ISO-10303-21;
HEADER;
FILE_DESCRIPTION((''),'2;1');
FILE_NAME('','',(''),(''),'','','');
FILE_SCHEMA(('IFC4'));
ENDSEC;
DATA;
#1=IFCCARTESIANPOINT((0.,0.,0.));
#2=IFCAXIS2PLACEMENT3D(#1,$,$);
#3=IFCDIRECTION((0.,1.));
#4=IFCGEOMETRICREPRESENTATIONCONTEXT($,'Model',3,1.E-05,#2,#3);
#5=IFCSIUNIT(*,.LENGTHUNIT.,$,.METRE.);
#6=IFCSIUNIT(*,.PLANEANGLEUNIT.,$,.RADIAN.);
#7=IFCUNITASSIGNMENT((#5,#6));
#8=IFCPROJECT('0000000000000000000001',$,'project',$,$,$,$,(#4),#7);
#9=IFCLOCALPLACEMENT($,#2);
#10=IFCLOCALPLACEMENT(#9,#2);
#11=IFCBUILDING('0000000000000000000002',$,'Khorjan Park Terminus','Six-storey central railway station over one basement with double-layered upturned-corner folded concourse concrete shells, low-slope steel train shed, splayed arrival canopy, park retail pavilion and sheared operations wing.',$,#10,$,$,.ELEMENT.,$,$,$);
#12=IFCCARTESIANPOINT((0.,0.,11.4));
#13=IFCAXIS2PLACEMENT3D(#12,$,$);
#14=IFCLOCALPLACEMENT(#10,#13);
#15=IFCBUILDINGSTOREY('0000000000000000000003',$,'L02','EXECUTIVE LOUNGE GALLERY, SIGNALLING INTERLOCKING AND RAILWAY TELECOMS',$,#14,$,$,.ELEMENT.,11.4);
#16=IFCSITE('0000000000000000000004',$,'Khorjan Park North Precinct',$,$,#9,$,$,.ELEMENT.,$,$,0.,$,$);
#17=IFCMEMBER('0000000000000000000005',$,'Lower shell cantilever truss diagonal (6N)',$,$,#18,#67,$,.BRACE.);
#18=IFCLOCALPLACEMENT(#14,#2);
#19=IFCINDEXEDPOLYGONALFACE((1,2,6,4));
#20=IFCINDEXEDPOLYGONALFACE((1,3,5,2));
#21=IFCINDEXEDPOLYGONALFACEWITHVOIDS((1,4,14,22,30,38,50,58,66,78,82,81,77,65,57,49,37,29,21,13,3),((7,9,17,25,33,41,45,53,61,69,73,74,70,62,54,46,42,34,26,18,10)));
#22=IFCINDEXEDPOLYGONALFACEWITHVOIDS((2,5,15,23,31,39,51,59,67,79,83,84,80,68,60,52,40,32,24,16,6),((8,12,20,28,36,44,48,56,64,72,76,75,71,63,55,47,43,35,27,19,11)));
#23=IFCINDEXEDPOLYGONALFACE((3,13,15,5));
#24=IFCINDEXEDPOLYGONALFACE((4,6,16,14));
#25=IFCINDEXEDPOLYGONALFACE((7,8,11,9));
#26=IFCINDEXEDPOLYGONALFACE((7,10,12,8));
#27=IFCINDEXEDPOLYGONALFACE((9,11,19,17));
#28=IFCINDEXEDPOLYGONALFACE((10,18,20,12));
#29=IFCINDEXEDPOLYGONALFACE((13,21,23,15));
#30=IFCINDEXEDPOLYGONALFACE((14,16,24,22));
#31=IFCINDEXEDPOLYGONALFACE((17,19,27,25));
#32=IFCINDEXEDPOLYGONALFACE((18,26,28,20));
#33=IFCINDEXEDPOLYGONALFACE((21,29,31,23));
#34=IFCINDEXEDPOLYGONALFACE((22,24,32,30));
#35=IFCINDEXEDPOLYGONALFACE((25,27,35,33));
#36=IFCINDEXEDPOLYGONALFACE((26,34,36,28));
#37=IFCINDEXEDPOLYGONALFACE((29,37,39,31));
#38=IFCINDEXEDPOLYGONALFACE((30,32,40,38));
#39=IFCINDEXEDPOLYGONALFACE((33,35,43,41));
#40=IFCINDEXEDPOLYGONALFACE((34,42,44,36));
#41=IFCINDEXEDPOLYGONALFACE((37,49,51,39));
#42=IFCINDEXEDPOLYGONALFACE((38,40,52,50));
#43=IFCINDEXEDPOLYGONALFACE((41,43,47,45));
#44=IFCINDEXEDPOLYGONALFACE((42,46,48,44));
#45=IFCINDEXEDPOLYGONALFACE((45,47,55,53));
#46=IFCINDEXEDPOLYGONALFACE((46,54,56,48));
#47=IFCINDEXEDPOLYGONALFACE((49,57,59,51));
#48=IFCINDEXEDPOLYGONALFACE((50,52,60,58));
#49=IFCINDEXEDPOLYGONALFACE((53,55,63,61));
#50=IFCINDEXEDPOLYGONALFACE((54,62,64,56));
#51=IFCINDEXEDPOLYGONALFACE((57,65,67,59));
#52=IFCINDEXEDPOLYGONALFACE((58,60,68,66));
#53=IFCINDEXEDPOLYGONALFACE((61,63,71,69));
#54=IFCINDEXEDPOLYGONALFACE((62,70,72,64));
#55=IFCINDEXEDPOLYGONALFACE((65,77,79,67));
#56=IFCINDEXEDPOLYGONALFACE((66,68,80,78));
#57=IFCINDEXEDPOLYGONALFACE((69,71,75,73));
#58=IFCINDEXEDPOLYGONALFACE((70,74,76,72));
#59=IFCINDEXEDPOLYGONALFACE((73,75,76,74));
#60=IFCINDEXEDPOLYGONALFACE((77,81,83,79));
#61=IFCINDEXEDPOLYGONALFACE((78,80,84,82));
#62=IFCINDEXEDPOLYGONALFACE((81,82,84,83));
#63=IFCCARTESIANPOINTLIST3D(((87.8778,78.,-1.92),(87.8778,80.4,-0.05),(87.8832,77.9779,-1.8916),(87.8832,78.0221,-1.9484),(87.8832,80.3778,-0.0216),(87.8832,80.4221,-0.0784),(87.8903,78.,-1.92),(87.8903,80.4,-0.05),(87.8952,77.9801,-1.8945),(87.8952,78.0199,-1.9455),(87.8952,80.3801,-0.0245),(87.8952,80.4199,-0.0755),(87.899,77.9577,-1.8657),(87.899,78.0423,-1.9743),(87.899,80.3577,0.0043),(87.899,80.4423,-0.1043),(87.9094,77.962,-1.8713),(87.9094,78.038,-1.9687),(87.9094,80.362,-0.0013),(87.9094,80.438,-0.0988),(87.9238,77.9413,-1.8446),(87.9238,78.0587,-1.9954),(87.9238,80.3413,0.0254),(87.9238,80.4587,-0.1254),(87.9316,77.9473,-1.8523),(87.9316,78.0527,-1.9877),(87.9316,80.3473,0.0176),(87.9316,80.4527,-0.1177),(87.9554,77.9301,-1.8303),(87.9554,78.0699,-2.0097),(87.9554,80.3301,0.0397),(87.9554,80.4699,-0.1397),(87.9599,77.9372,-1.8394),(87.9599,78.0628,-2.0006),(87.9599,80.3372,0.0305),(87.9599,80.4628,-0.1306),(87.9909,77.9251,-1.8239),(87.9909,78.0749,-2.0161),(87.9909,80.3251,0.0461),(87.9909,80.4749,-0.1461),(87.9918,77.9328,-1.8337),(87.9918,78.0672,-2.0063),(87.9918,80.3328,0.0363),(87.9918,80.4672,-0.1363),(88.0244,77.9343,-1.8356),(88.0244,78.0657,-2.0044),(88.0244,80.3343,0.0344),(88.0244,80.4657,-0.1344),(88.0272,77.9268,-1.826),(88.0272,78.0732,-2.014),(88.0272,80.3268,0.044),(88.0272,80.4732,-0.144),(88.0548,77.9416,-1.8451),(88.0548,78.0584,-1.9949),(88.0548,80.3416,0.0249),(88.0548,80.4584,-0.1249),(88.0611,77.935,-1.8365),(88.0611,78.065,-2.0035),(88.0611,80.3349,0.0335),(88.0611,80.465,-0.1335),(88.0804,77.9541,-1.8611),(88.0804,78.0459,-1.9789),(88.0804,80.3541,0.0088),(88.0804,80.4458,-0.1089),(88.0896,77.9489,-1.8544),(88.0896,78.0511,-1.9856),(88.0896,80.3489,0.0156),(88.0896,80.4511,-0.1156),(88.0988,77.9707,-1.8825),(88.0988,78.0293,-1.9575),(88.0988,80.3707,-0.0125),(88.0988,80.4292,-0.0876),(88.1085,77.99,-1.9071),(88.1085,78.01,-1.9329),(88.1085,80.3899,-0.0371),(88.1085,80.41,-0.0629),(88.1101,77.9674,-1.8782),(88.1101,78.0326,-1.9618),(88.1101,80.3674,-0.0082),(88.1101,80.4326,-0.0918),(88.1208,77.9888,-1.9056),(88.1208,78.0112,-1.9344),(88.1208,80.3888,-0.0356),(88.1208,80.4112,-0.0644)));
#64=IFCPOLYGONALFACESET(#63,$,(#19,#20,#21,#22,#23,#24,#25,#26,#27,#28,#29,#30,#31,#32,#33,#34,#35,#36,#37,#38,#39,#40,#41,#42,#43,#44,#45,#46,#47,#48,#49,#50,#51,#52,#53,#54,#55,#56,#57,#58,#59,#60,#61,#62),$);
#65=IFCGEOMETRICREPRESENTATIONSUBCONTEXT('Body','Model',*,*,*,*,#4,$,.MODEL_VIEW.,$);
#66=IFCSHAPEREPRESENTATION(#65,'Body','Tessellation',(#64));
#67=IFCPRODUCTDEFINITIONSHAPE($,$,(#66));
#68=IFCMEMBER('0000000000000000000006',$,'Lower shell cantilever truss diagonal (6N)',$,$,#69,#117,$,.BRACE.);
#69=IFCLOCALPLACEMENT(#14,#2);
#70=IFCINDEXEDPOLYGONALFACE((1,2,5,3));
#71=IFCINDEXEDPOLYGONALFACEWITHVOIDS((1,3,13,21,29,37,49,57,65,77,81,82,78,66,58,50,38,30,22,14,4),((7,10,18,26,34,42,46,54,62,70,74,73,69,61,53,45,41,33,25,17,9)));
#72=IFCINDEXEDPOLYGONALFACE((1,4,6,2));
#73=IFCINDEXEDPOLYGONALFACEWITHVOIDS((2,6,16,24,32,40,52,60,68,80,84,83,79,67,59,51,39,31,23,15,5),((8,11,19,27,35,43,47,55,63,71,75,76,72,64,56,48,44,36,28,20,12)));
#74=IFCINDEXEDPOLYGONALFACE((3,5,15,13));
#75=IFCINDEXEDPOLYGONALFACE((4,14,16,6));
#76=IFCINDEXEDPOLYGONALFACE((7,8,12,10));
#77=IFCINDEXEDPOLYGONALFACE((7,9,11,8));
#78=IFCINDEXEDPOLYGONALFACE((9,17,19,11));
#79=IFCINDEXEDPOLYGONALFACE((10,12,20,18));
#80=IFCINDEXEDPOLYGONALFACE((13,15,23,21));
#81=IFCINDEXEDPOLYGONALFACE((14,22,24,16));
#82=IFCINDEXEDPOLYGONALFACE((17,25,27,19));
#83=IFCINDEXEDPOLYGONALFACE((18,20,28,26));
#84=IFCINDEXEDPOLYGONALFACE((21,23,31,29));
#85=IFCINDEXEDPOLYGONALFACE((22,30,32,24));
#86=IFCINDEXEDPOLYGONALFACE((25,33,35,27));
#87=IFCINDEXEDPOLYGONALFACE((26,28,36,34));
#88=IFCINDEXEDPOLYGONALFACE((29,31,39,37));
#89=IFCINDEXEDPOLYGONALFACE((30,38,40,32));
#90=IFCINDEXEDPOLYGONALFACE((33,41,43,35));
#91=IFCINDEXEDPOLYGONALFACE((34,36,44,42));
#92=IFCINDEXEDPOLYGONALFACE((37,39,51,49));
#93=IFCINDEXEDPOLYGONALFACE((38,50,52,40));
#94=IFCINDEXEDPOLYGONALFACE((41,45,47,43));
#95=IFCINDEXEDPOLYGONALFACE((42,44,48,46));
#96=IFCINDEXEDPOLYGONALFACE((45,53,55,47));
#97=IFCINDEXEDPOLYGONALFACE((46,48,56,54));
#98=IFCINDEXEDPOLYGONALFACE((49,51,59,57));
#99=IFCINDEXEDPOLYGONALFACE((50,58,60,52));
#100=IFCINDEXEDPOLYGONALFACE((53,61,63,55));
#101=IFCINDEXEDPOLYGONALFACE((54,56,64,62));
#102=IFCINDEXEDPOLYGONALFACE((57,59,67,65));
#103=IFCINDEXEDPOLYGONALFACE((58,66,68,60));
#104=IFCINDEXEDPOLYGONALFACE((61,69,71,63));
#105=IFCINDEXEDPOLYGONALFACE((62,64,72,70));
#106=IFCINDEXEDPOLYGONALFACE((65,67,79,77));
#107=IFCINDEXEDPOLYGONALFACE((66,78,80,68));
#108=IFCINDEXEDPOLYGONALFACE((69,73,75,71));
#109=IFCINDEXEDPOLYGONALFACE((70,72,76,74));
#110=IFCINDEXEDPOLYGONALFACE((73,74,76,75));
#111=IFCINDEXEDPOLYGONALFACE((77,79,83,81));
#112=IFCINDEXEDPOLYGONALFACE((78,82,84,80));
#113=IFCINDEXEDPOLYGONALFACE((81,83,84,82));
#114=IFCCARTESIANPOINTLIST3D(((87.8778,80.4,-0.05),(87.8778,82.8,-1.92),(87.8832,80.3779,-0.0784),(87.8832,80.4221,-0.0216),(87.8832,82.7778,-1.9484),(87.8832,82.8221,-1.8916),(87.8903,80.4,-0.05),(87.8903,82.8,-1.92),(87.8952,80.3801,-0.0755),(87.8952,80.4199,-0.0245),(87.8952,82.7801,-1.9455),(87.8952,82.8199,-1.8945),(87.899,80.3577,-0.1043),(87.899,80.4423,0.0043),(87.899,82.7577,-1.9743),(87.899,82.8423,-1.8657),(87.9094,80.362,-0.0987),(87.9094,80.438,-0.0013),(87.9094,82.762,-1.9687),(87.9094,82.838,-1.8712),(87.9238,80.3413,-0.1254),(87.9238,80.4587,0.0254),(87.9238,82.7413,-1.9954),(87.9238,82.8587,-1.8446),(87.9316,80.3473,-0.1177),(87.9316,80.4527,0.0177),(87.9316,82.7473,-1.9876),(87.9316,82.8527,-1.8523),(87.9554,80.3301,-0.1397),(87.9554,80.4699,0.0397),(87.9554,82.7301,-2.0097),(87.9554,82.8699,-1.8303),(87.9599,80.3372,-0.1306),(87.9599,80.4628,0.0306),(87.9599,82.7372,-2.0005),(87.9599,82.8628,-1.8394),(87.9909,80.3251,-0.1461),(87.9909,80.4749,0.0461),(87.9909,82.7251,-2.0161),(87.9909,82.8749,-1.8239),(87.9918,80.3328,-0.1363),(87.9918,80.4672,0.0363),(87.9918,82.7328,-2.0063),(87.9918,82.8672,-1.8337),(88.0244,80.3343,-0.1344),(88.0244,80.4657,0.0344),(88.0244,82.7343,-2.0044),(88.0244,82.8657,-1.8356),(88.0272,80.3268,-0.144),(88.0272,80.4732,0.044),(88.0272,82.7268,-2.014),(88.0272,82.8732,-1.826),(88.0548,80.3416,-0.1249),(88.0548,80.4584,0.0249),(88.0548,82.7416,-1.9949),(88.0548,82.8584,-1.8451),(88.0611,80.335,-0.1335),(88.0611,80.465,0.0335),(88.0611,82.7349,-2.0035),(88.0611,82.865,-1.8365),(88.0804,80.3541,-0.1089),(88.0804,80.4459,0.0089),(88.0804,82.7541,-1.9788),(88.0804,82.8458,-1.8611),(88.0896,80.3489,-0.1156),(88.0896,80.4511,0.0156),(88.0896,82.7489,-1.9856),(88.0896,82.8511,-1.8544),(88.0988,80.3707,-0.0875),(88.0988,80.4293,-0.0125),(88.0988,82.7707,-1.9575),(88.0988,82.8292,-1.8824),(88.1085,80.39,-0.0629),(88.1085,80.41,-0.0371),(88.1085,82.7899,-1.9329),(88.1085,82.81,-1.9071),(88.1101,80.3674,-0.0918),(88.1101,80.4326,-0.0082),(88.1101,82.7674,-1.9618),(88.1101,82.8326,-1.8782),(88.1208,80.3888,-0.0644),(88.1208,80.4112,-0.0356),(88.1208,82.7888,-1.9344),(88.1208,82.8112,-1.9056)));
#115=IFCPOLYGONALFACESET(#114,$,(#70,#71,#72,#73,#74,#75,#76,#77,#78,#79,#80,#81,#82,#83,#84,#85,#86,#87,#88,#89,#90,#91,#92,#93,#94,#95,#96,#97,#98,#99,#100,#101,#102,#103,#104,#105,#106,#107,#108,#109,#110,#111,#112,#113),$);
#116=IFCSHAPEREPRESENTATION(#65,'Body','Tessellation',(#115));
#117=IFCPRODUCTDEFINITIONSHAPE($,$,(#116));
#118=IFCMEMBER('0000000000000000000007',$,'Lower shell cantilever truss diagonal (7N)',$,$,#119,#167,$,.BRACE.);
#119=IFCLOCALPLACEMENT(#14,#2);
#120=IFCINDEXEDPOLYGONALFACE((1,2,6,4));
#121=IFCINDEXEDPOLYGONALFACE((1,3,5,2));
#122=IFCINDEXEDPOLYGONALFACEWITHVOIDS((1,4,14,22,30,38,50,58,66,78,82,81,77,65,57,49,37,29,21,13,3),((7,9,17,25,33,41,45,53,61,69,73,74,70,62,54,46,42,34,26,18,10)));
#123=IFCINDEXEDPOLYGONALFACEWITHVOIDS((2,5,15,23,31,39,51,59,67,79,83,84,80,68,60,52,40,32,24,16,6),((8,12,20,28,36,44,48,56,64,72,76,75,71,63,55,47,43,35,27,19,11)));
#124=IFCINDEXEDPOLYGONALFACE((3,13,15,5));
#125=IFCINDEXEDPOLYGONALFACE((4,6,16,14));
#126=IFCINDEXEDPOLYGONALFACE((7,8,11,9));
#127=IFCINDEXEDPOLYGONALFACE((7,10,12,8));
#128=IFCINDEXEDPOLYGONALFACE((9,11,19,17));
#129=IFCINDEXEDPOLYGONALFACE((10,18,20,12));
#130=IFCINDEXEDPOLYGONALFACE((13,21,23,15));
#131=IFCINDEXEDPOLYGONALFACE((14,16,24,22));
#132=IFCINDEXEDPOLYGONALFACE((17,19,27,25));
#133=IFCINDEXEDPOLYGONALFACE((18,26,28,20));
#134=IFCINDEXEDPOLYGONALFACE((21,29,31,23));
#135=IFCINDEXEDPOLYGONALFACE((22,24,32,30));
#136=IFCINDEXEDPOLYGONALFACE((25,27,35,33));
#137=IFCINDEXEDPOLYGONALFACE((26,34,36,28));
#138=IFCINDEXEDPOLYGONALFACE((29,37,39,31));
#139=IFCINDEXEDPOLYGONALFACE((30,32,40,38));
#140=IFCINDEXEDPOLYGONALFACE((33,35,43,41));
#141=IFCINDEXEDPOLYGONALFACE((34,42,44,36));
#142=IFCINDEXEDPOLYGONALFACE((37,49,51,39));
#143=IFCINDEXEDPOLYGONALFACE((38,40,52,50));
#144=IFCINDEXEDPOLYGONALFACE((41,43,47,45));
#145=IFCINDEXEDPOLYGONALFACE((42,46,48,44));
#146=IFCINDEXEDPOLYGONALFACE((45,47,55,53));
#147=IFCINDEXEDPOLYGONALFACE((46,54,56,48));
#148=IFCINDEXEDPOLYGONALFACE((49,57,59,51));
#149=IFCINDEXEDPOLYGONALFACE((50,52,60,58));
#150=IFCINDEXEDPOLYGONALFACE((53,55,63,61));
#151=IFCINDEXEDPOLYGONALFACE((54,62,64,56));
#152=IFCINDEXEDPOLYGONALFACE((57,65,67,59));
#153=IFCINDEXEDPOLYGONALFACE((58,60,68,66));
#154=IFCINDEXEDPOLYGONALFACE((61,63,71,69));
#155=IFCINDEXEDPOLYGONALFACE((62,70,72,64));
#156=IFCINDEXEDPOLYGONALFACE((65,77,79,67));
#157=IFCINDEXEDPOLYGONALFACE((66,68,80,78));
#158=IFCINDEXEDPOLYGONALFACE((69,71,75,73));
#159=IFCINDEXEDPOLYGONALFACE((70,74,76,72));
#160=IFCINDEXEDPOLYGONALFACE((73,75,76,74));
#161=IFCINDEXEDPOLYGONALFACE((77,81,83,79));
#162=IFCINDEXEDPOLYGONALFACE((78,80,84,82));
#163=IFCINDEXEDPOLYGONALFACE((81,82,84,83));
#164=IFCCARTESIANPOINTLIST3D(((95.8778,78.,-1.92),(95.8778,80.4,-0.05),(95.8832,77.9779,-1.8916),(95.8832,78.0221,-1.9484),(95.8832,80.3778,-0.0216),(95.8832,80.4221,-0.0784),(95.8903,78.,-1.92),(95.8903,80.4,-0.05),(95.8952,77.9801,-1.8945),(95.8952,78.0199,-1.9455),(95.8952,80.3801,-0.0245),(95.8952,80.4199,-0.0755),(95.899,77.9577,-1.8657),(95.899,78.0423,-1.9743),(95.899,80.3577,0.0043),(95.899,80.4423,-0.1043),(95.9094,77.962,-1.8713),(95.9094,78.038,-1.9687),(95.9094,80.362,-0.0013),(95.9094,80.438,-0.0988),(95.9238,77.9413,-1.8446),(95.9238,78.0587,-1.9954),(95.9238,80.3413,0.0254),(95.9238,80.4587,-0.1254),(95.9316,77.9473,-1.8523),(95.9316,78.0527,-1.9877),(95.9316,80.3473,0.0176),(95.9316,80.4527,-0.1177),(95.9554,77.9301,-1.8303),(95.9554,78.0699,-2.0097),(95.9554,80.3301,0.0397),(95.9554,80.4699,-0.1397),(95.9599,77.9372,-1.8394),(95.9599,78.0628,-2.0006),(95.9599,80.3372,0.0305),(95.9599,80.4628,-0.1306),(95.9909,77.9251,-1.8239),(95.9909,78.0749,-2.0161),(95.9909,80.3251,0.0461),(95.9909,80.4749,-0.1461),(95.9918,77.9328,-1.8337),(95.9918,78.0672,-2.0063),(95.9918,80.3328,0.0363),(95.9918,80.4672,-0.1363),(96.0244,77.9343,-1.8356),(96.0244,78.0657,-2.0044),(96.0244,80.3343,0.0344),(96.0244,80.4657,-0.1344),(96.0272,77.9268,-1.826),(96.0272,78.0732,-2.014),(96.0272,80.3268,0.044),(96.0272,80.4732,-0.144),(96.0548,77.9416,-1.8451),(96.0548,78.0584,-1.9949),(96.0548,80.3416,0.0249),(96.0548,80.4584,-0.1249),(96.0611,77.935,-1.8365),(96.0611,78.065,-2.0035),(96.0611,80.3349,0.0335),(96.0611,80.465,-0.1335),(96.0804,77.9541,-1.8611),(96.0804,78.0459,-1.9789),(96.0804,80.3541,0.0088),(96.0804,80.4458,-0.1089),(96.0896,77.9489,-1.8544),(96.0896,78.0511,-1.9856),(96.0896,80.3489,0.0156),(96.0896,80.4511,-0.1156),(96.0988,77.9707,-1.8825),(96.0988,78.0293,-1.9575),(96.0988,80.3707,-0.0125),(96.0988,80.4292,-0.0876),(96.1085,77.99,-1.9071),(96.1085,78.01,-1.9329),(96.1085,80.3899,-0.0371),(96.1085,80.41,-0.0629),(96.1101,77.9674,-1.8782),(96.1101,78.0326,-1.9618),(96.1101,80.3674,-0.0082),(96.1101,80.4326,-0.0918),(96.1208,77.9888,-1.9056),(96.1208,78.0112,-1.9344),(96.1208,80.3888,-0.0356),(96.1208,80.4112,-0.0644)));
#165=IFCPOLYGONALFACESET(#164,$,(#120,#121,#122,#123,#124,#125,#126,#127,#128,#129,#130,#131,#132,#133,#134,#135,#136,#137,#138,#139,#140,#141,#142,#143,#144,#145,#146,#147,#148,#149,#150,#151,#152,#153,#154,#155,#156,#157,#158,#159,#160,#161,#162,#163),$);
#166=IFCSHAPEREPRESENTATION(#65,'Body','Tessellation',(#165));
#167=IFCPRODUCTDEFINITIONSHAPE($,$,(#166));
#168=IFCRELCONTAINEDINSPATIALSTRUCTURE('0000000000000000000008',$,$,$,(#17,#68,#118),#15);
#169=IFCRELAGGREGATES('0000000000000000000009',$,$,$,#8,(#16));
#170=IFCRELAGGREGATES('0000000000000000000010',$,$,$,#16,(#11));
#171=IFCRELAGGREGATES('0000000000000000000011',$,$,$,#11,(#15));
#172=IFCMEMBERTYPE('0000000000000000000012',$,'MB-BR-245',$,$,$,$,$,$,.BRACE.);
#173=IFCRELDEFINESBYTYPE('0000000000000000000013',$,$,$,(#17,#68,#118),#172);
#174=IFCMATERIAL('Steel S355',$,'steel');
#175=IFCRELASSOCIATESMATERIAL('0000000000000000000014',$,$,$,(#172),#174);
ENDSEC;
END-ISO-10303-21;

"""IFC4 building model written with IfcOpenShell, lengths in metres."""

from ifc_helpers import new_model, si_unit, direction, frame, origin, origin_2d, place, context, subcontext, project, spatial, hollow_circle, extrude, material, material_profile, profile_set, type_object, element, save


model = new_model("IFC4")

# Units and contexts
model_context = context("Model", 3, precision=1e-05, world=origin(), true_north=direction((0.0, 1.0)))
body_context = subcontext(model_context, "Body", "Model", "MODEL_VIEW")
ifc_project = project(units=[si_unit("LENGTHUNIT", "METRE"), si_unit("PLANEANGLEUNIT", "RADIAN")], contexts=[model_context])

# Site, building, storey
site_placement = place(None, origin())
site = spatial("IfcSite", under=ifc_project, at=site_placement, Name="Khorjan Park North Precinct", CompositionType="ELEMENT", RefElevation=0.0)
building_placement = place(site_placement, origin())
building = spatial("IfcBuilding", under=site, at=building_placement, Name="Khorjan Park Terminus", Description="Six-storey central railway station over one basement with double-layered upturned-corner folded concourse concrete shells, low-slope steel train shed, splayed arrival canopy, park retail pavilion and sheared operations wing.", CompositionType="ELEMENT")
storey_placement = place(building_placement, frame((0.0, 0.0, 11.4)))
storey = spatial("IfcBuildingStorey", under=building, at=storey_placement, Name="L02", Description="EXECUTIVE LOUNGE GALLERY, SIGNALLING INTERLOCKING AND RAILWAY TELECOMS", CompositionType="ELEMENT", Elevation=11.4)

# Shared definitions
ifc_material_1 = material(Name="Steel S355", Category="steel")

# Members
ifc_material_profile_1 = material_profile(ifc_material_1, hollow_circle(Radius=0.1222, WallThickness=0.0125, at=origin_2d()), Name="CHS 244.5x12.5")
ifc_profile_set_1 = profile_set([ifc_material_profile_1], Name="Steel S355")
member_type_1 = type_object("IfcMemberType", Name="MB-BR-245", PredefinedType="BRACE", material=ifc_profile_set_1)
for number, where, z_axis, x_axis, name in (
    (1, (88.0, 78.0, -1.92), (0.0, 0.788821, 0.614623), (-1.0, 0.0, 0.0), "Lower shell cantilever truss diagonal (6N)"),
    (2, (88.0, 80.4, -0.05), (0.0, 0.788821, -0.614623), (-1.0, 0.0, 0.0), "Lower shell cantilever truss diagonal (6N)"),
    (3, (96.0, 78.0, -1.92), (0.0, 0.788821, 0.614623), (-1.0, 0.0, 0.0), "Lower shell cantilever truss diagonal (7N)"),
):
    element("IfcMember", number, at=place(storey_placement, frame(where, z_axis=z_axis, x_axis=x_axis)), inside=storey, type_object=member_type_1, Name=name, PredefinedType="BRACE", context=body_context, shape_type="SweptSolid", body=[
        extrude(hollow_circle(Radius=0.1222, WallThickness=0.0125, at=origin_2d()), origin(), (0.0, 0.0, 1.0), 3.0425),
    ])

save(model, "model.ifc")
